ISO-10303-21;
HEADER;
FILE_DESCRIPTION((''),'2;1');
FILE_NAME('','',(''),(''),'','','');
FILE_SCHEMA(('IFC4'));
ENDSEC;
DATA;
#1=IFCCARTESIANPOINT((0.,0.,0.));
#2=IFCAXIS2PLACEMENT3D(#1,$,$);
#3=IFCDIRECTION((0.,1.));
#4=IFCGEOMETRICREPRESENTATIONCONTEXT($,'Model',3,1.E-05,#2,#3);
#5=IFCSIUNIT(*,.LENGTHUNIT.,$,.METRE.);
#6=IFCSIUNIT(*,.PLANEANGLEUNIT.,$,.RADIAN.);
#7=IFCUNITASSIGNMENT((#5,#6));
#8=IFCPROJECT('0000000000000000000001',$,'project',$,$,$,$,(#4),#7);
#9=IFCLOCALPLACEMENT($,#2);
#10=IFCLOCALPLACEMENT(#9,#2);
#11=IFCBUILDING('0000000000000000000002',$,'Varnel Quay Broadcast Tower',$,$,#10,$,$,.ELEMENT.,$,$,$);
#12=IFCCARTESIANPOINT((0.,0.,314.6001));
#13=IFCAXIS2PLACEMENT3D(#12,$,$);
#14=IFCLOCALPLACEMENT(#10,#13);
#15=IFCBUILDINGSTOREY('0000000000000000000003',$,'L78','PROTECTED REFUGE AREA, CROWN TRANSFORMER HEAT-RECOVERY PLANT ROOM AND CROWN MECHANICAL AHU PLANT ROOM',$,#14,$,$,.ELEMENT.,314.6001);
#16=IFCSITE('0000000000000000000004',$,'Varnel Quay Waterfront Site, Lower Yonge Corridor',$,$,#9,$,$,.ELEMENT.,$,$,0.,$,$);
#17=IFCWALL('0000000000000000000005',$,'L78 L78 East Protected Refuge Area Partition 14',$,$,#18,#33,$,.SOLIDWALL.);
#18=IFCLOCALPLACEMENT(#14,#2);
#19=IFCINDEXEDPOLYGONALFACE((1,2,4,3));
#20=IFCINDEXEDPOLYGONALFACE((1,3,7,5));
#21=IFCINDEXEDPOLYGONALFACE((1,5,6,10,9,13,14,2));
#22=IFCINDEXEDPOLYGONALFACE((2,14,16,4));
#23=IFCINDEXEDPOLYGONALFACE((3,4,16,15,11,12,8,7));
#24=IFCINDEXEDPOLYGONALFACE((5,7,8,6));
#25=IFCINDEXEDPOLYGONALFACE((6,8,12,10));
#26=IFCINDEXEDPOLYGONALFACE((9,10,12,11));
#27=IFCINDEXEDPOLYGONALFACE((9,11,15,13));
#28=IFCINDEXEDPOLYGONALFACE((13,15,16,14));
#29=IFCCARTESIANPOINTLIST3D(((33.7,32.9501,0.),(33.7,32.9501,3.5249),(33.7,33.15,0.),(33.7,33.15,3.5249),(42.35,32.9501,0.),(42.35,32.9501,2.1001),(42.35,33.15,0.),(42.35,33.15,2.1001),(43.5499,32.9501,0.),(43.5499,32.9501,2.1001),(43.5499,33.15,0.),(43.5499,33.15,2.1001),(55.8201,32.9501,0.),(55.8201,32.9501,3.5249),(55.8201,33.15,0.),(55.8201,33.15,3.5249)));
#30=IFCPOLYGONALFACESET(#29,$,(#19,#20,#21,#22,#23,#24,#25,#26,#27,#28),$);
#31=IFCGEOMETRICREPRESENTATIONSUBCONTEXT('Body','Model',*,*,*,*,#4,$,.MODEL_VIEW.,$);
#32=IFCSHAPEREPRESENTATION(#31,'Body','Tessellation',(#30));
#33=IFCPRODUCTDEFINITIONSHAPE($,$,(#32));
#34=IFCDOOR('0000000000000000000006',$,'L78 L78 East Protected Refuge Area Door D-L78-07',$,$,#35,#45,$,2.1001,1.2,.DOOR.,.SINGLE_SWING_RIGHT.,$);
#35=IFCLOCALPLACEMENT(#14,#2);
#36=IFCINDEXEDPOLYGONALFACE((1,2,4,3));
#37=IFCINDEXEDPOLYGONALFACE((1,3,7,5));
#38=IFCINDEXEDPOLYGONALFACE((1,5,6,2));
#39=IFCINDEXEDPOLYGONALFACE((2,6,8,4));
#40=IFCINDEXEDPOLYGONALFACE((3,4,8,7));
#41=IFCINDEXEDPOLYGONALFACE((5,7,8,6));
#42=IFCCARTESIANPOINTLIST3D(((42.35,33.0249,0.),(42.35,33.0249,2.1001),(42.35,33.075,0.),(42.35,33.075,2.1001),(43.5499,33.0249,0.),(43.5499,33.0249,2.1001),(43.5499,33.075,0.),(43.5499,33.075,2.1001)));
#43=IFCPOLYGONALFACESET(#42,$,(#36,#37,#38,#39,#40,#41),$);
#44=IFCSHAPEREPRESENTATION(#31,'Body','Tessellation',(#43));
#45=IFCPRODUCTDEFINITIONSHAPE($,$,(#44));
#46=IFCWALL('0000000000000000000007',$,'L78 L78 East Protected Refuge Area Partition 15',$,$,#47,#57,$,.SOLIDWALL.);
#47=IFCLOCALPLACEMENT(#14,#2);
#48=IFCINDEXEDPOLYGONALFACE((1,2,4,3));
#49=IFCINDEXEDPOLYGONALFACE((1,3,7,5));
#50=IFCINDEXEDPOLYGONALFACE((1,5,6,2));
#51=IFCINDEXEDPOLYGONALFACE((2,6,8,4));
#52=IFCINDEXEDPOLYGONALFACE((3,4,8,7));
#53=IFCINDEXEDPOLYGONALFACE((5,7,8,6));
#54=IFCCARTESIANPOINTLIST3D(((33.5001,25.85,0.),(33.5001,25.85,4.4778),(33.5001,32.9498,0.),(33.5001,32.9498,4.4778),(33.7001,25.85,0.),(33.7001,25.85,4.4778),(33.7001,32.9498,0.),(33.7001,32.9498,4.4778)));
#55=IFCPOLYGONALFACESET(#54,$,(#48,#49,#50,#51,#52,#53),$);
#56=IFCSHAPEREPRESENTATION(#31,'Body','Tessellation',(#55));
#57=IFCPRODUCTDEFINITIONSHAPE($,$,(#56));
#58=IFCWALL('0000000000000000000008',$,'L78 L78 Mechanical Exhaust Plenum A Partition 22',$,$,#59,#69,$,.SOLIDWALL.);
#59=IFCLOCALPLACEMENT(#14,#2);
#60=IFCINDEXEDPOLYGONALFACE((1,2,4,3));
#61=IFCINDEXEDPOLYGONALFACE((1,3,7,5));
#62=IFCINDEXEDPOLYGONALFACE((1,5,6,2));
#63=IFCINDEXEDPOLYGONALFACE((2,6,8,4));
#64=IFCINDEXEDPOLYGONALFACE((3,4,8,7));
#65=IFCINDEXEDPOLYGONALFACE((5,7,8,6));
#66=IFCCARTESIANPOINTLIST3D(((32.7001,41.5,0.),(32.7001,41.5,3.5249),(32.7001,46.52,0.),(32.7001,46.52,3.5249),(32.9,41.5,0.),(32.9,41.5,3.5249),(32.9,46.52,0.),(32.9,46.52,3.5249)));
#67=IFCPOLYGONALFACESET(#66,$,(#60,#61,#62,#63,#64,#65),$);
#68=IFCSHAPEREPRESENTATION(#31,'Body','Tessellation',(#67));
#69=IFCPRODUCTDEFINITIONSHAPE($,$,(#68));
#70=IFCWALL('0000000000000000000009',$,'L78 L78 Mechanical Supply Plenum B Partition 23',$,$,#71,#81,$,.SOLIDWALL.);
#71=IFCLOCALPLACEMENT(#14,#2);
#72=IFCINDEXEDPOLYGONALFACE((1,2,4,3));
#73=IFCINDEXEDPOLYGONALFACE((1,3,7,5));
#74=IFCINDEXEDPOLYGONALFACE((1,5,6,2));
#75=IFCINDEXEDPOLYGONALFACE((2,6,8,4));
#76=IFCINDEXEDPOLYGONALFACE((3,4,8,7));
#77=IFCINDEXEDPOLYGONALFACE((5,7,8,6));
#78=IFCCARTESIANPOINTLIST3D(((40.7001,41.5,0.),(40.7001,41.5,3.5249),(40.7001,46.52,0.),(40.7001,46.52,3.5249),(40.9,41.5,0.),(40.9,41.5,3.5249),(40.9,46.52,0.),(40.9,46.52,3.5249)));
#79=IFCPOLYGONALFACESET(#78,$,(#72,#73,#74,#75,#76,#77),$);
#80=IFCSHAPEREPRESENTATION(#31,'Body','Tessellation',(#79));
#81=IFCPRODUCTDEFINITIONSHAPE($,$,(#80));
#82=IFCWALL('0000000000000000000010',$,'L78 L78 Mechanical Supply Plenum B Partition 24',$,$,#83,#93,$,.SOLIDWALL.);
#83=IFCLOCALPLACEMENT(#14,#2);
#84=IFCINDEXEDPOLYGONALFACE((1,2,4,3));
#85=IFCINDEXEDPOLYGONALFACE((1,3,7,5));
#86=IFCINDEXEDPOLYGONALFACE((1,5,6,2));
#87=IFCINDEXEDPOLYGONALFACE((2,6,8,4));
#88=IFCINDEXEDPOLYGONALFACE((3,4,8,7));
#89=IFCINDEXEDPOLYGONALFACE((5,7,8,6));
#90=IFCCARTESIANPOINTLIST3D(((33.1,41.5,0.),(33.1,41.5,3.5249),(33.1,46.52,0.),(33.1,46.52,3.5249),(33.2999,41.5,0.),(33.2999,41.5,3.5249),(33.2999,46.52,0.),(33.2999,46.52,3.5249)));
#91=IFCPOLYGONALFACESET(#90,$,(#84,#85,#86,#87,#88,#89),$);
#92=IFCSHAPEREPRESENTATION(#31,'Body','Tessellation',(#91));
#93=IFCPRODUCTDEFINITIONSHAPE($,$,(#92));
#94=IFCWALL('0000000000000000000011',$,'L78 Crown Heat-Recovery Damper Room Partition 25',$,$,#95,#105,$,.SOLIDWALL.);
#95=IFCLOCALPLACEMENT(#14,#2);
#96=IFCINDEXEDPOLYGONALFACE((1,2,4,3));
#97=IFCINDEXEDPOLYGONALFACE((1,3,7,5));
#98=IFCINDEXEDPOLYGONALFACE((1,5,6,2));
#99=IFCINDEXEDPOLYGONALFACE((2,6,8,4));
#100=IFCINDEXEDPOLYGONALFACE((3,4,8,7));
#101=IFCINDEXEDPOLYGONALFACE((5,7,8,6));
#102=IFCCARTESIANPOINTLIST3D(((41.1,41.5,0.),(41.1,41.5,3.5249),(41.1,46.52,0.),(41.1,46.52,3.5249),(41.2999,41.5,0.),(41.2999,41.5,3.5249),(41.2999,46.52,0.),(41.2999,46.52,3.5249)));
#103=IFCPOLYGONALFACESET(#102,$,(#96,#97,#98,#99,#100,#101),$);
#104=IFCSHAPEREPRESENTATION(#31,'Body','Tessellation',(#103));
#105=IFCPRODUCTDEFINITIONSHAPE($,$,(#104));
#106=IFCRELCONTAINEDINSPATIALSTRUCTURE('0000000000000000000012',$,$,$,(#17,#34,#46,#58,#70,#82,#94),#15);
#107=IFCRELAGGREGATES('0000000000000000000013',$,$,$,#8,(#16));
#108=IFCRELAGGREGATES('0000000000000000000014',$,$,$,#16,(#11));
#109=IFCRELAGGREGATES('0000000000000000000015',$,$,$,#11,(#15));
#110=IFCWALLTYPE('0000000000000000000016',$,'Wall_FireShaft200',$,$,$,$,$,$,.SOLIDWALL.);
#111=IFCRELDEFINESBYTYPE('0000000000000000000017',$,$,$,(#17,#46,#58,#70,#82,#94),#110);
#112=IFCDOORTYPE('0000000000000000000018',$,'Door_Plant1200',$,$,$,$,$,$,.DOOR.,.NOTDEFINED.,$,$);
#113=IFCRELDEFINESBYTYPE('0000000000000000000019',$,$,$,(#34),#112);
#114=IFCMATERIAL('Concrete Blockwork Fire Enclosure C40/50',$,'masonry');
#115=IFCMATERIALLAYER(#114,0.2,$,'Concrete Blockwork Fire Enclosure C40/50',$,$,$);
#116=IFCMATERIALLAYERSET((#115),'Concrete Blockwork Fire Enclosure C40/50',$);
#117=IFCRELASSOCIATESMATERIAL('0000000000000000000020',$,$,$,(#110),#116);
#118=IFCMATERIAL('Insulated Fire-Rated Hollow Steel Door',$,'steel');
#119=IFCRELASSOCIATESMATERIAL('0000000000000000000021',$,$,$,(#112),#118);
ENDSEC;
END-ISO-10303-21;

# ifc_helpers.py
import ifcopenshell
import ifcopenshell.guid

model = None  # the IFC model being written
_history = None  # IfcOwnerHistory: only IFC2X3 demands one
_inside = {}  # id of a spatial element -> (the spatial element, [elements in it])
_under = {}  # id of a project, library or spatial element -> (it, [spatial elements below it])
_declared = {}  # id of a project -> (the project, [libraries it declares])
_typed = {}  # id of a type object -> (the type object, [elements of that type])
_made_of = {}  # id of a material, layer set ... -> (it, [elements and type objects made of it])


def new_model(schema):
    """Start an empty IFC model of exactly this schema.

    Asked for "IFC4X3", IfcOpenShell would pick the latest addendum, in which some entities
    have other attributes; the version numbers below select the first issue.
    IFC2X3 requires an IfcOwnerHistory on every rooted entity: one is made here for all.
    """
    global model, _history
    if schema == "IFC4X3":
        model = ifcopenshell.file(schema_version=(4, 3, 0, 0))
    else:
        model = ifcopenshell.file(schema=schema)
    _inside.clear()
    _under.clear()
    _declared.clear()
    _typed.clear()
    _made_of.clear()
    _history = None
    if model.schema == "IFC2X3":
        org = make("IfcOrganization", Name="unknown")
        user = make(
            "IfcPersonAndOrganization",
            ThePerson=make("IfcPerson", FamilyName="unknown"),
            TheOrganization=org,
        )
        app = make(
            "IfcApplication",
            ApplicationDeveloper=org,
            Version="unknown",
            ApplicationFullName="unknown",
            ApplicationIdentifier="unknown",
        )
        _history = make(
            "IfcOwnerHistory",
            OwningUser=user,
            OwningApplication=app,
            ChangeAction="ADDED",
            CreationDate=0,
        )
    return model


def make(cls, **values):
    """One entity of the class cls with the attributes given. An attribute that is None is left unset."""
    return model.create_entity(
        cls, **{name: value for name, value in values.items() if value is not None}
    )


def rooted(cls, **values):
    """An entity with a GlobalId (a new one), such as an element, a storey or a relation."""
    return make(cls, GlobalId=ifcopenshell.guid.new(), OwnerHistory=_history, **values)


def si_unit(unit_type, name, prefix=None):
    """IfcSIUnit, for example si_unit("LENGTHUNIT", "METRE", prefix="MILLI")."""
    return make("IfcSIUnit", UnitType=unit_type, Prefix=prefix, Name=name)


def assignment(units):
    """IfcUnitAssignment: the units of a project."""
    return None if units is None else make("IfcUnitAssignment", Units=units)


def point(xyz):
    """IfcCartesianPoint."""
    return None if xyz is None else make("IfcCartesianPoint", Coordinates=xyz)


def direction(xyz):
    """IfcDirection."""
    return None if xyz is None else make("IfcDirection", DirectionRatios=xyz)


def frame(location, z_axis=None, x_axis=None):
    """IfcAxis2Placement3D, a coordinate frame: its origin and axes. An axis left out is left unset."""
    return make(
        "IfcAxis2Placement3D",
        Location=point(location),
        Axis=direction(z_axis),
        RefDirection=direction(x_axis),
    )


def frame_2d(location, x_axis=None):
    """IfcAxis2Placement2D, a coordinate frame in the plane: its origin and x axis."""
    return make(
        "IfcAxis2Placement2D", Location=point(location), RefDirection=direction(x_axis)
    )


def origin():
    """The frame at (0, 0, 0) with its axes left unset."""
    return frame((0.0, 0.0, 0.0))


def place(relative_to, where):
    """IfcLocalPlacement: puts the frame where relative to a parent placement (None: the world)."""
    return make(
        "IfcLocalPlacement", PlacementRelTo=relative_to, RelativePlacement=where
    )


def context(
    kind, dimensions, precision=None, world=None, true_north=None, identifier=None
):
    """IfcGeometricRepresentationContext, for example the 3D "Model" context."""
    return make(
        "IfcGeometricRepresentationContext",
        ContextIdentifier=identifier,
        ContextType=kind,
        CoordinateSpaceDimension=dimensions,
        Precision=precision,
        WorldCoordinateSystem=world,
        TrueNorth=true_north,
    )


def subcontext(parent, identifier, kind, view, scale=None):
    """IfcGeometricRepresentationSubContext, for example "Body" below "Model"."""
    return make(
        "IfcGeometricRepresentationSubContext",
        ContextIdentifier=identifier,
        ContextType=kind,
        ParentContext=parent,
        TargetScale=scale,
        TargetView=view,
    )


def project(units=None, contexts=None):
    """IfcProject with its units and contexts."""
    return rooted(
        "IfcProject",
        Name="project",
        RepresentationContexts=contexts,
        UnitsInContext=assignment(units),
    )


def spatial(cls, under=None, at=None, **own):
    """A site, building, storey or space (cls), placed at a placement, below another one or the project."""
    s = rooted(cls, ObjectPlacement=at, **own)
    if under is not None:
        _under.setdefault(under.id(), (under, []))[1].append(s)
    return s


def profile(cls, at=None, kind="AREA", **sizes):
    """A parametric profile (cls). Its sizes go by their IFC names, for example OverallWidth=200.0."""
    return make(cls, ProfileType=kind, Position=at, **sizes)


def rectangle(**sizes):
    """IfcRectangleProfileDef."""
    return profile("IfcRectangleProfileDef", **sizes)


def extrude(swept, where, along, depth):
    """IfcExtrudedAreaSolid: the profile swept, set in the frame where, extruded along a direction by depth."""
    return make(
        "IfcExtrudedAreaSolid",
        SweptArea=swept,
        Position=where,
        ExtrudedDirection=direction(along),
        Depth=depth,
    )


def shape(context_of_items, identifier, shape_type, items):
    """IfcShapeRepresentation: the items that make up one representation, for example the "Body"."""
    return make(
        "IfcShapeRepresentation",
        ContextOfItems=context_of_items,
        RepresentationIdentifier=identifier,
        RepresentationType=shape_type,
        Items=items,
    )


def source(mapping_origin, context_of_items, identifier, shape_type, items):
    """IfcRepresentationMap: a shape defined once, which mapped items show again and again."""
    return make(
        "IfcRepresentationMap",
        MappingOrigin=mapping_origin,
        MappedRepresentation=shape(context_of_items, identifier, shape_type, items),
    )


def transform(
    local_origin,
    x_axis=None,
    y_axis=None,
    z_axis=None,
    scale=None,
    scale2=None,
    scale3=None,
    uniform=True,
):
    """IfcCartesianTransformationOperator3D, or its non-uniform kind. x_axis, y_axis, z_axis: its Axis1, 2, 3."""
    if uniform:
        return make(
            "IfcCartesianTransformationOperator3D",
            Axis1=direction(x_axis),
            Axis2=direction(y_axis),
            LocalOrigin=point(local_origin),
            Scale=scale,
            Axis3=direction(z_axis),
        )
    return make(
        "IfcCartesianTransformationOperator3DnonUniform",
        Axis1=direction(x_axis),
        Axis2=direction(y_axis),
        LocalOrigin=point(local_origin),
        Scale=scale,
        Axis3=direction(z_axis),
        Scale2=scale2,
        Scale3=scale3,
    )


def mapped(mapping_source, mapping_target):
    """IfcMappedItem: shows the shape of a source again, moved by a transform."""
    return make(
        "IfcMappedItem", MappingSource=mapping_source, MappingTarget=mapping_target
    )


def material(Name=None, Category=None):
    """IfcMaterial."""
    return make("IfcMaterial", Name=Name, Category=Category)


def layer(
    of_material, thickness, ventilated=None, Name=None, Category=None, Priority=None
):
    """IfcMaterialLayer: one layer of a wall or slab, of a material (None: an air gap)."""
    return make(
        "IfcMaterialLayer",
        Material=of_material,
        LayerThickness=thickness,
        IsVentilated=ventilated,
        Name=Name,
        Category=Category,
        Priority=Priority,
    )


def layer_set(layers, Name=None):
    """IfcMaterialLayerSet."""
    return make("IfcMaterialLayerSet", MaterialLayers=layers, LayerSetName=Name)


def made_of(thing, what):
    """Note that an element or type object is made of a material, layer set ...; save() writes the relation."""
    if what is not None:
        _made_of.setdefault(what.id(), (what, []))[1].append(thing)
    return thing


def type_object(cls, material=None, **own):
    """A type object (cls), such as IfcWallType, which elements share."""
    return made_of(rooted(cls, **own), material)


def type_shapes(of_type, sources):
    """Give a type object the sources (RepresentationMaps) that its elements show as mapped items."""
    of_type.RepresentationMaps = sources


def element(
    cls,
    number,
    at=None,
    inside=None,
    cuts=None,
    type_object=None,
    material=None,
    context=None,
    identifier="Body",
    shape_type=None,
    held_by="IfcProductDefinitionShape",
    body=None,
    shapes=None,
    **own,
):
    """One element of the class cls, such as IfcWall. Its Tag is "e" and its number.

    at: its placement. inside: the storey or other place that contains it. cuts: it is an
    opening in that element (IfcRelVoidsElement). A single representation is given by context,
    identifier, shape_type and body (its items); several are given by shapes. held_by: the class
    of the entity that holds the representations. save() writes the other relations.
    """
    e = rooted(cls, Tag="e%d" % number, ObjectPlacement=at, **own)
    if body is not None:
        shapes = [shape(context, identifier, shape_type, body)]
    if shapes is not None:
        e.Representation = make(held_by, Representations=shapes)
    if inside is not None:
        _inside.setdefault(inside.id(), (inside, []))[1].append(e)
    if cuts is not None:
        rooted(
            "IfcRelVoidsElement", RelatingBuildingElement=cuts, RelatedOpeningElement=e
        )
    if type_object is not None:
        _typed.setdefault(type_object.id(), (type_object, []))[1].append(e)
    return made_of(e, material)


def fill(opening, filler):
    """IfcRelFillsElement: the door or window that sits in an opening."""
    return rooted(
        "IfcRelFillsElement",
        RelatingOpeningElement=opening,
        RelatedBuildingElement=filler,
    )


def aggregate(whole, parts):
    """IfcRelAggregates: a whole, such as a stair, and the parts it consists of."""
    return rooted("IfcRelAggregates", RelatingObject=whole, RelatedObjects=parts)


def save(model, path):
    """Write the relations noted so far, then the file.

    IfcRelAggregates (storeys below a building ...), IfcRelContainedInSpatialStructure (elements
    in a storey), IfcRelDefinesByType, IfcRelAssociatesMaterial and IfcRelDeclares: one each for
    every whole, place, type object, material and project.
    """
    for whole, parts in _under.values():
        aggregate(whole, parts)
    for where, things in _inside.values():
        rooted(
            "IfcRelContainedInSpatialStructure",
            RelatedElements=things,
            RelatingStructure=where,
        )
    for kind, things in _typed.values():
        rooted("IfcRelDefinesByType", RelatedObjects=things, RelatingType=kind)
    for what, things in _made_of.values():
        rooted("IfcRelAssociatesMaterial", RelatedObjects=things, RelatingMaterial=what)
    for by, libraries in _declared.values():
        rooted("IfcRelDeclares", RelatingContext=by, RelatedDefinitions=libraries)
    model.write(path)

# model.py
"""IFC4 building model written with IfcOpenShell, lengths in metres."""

from ifc_helpers import new_model, si_unit, direction, frame, frame_2d, origin, place, context, subcontext, project, spatial, rectangle, extrude, source, transform, mapped, material, layer, layer_set, type_object, type_shapes, element, fill, save


model = new_model("IFC4")

# Units and contexts
model_context = context("Model", 3, precision=1e-05, world=origin(), true_north=direction((0.0, 1.0)))
body_context = subcontext(model_context, "Body", "Model", "MODEL_VIEW")
ifc_project = project(units=[si_unit("LENGTHUNIT", "METRE"), si_unit("PLANEANGLEUNIT", "RADIAN")], contexts=[model_context])

# Site, building, storey
site_placement = place(None, origin())
site = spatial("IfcSite", under=ifc_project, at=site_placement, Name="Varnel Quay Waterfront Site, Lower Yonge Corridor", CompositionType="ELEMENT", RefElevation=0.0)
building_placement = place(site_placement, origin())
building = spatial("IfcBuilding", under=site, at=building_placement, Name="Varnel Quay Broadcast Tower", CompositionType="ELEMENT")
storey_placement = place(building_placement, frame((0.0, 0.0, 314.6001)))
storey = spatial("IfcBuildingStorey", under=building, at=storey_placement, Name="L78", Description="PROTECTED REFUGE AREA, CROWN TRANSFORMER HEAT-RECOVERY PLANT ROOM AND CROWN MECHANICAL AHU PLANT ROOM", CompositionType="ELEMENT", Elevation=314.6001)

# Shared definitions
ifc_material_1 = material(Name="Insulated Fire-Rated Hollow Steel Door", Category="steel")

# Shared definitions
ifc_material_2 = material(Name="Concrete Blockwork Fire Enclosure C40/50", Category="masonry")
ifc_layer_1 = layer(ifc_material_2, 0.2, Name="Concrete Blockwork Fire Enclosure C40/50")
ifc_layer_set_1 = layer_set([ifc_layer_1], Name="Concrete Blockwork Fire Enclosure C40/50")
wall_type_1 = type_object("IfcWallType", Name="Wall_FireShaft200", PredefinedType="SOLIDWALL", material=ifc_layer_set_1)

# Shared definitions
door_type_1 = type_object("IfcDoorType", Name="Door_Plant1200", OperationType="NOTDEFINED", PredefinedType="DOOR", material=ifc_material_1)
shared_shape_1 = source(origin(), body_context, "Body", "SweptSolid", [
    extrude(rectangle(XDim=1.2, YDim=2.1001, at=frame_2d((0.6001, 1.05))), frame((0.0, 0.0249, 0.0), z_axis=(0.0, -1.0, 0.0), x_axis=(1.0, 0.0, 0.0)), (0.0, 0.0, 1.0), 0.05),
])
type_shapes(door_type_1, [shared_shape_1])

# Wall, opening, door
wall_1_placement = place(storey_placement, frame((33.7, 33.05, 0.0), z_axis=(0.0, 0.0, 1.0), x_axis=(1.0, 0.0, 0.0)))
wall_1 = element("IfcWall", 1, at=wall_1_placement, inside=storey, type_object=wall_type_1, Name="L78 L78 East Protected Refuge Area Partition 14", PredefinedType="SOLIDWALL", context=body_context, shape_type="SweptSolid", body=[
    extrude(rectangle(XDim=22.1201, YDim=0.2, at=frame_2d((11.0601, 0.0))), origin(), (0.0, 0.0, 1.0), 3.5249),
])
opening_1_placement = place(wall_1_placement, frame((8.6499, 0.0, 0.0)))
opening_1 = element("IfcOpeningElement", 2, at=opening_1_placement, cuts=wall_1, PredefinedType="OPENING", context=body_context, shape_type="SweptSolid", body=[
    extrude(rectangle(XDim=1.2, YDim=2.1001, at=frame_2d((0.6001, 1.05))), frame((0.0, 0.1099, 0.0), z_axis=(0.0, -1.0, 0.0), x_axis=(1.0, 0.0, 0.0)), (0.0, 0.0, 1.0), 0.22),
])
door_1_placement = place(opening_1_placement, origin())
door_1 = element("IfcDoor", 3, at=door_1_placement, inside=storey, type_object=door_type_1, Name="L78 L78 East Protected Refuge Area Door D-L78-07", OperationType="SINGLE_SWING_RIGHT", OverallHeight=2.1001, OverallWidth=1.2, PredefinedType="DOOR", context=body_context, shape_type="MappedRepresentation", body=[
    mapped(shared_shape_1, transform((0.0, 0.0, 0.0), x_axis=(1.0, 0.0, 0.0), y_axis=(0.0, 1.0, 0.0), z_axis=(0.0, 0.0, 1.0), scale=1.0)),
])
fill(opening_1, door_1)

# Walls
wall_2_placement = place(storey_placement, frame((33.6001, 25.8501, 0.0), z_axis=(0.0, 0.0, 1.0), x_axis=(0.0, 1.0, 0.0)))
element("IfcWall", 4, at=wall_2_placement, inside=storey, type_object=wall_type_1, Name="L78 L78 East Protected Refuge Area Partition 15", PredefinedType="SOLIDWALL", context=body_context, shape_type="SweptSolid", body=[
    extrude(rectangle(XDim=7.0999, YDim=0.2, at=frame_2d((3.5498, 0.0))), origin(), (0.0, 0.0, 1.0), 4.4778),
])
for number, where, z_axis, x_axis, name in (
    (5, (32.8, 41.5, 0.0), (0.0, 0.0, 1.0), (0.0, 1.0, 0.0), "L78 L78 Mechanical Exhaust Plenum A Partition 22"),
    (6, (40.8, 41.5, 0.0), (0.0, 0.0, 1.0), (0.0, 1.0, 0.0), "L78 L78 Mechanical Supply Plenum B Partition 23"),
    (7, (33.2, 41.5, 0.0), (0.0, 0.0, 1.0), (0.0, 1.0, 0.0), "L78 L78 Mechanical Supply Plenum B Partition 24"),
    (8, (41.2, 41.5, 0.0), (0.0, 0.0, 1.0), (0.0, 1.0, 0.0), "L78 Crown Heat-Recovery Damper Room Partition 25"),
):
    element("IfcWall", number, at=place(storey_placement, frame(where, z_axis=z_axis, x_axis=x_axis)), inside=storey, type_object=wall_type_1, Name=name, PredefinedType="SOLIDWALL", context=body_context, shape_type="SweptSolid", body=[
        extrude(rectangle(XDim=5.02, YDim=0.2, at=frame_2d((2.51, 0.0))), origin(), (0.0, 0.0, 1.0), 3.5249),
    ])

save(model, "model.ifc")
